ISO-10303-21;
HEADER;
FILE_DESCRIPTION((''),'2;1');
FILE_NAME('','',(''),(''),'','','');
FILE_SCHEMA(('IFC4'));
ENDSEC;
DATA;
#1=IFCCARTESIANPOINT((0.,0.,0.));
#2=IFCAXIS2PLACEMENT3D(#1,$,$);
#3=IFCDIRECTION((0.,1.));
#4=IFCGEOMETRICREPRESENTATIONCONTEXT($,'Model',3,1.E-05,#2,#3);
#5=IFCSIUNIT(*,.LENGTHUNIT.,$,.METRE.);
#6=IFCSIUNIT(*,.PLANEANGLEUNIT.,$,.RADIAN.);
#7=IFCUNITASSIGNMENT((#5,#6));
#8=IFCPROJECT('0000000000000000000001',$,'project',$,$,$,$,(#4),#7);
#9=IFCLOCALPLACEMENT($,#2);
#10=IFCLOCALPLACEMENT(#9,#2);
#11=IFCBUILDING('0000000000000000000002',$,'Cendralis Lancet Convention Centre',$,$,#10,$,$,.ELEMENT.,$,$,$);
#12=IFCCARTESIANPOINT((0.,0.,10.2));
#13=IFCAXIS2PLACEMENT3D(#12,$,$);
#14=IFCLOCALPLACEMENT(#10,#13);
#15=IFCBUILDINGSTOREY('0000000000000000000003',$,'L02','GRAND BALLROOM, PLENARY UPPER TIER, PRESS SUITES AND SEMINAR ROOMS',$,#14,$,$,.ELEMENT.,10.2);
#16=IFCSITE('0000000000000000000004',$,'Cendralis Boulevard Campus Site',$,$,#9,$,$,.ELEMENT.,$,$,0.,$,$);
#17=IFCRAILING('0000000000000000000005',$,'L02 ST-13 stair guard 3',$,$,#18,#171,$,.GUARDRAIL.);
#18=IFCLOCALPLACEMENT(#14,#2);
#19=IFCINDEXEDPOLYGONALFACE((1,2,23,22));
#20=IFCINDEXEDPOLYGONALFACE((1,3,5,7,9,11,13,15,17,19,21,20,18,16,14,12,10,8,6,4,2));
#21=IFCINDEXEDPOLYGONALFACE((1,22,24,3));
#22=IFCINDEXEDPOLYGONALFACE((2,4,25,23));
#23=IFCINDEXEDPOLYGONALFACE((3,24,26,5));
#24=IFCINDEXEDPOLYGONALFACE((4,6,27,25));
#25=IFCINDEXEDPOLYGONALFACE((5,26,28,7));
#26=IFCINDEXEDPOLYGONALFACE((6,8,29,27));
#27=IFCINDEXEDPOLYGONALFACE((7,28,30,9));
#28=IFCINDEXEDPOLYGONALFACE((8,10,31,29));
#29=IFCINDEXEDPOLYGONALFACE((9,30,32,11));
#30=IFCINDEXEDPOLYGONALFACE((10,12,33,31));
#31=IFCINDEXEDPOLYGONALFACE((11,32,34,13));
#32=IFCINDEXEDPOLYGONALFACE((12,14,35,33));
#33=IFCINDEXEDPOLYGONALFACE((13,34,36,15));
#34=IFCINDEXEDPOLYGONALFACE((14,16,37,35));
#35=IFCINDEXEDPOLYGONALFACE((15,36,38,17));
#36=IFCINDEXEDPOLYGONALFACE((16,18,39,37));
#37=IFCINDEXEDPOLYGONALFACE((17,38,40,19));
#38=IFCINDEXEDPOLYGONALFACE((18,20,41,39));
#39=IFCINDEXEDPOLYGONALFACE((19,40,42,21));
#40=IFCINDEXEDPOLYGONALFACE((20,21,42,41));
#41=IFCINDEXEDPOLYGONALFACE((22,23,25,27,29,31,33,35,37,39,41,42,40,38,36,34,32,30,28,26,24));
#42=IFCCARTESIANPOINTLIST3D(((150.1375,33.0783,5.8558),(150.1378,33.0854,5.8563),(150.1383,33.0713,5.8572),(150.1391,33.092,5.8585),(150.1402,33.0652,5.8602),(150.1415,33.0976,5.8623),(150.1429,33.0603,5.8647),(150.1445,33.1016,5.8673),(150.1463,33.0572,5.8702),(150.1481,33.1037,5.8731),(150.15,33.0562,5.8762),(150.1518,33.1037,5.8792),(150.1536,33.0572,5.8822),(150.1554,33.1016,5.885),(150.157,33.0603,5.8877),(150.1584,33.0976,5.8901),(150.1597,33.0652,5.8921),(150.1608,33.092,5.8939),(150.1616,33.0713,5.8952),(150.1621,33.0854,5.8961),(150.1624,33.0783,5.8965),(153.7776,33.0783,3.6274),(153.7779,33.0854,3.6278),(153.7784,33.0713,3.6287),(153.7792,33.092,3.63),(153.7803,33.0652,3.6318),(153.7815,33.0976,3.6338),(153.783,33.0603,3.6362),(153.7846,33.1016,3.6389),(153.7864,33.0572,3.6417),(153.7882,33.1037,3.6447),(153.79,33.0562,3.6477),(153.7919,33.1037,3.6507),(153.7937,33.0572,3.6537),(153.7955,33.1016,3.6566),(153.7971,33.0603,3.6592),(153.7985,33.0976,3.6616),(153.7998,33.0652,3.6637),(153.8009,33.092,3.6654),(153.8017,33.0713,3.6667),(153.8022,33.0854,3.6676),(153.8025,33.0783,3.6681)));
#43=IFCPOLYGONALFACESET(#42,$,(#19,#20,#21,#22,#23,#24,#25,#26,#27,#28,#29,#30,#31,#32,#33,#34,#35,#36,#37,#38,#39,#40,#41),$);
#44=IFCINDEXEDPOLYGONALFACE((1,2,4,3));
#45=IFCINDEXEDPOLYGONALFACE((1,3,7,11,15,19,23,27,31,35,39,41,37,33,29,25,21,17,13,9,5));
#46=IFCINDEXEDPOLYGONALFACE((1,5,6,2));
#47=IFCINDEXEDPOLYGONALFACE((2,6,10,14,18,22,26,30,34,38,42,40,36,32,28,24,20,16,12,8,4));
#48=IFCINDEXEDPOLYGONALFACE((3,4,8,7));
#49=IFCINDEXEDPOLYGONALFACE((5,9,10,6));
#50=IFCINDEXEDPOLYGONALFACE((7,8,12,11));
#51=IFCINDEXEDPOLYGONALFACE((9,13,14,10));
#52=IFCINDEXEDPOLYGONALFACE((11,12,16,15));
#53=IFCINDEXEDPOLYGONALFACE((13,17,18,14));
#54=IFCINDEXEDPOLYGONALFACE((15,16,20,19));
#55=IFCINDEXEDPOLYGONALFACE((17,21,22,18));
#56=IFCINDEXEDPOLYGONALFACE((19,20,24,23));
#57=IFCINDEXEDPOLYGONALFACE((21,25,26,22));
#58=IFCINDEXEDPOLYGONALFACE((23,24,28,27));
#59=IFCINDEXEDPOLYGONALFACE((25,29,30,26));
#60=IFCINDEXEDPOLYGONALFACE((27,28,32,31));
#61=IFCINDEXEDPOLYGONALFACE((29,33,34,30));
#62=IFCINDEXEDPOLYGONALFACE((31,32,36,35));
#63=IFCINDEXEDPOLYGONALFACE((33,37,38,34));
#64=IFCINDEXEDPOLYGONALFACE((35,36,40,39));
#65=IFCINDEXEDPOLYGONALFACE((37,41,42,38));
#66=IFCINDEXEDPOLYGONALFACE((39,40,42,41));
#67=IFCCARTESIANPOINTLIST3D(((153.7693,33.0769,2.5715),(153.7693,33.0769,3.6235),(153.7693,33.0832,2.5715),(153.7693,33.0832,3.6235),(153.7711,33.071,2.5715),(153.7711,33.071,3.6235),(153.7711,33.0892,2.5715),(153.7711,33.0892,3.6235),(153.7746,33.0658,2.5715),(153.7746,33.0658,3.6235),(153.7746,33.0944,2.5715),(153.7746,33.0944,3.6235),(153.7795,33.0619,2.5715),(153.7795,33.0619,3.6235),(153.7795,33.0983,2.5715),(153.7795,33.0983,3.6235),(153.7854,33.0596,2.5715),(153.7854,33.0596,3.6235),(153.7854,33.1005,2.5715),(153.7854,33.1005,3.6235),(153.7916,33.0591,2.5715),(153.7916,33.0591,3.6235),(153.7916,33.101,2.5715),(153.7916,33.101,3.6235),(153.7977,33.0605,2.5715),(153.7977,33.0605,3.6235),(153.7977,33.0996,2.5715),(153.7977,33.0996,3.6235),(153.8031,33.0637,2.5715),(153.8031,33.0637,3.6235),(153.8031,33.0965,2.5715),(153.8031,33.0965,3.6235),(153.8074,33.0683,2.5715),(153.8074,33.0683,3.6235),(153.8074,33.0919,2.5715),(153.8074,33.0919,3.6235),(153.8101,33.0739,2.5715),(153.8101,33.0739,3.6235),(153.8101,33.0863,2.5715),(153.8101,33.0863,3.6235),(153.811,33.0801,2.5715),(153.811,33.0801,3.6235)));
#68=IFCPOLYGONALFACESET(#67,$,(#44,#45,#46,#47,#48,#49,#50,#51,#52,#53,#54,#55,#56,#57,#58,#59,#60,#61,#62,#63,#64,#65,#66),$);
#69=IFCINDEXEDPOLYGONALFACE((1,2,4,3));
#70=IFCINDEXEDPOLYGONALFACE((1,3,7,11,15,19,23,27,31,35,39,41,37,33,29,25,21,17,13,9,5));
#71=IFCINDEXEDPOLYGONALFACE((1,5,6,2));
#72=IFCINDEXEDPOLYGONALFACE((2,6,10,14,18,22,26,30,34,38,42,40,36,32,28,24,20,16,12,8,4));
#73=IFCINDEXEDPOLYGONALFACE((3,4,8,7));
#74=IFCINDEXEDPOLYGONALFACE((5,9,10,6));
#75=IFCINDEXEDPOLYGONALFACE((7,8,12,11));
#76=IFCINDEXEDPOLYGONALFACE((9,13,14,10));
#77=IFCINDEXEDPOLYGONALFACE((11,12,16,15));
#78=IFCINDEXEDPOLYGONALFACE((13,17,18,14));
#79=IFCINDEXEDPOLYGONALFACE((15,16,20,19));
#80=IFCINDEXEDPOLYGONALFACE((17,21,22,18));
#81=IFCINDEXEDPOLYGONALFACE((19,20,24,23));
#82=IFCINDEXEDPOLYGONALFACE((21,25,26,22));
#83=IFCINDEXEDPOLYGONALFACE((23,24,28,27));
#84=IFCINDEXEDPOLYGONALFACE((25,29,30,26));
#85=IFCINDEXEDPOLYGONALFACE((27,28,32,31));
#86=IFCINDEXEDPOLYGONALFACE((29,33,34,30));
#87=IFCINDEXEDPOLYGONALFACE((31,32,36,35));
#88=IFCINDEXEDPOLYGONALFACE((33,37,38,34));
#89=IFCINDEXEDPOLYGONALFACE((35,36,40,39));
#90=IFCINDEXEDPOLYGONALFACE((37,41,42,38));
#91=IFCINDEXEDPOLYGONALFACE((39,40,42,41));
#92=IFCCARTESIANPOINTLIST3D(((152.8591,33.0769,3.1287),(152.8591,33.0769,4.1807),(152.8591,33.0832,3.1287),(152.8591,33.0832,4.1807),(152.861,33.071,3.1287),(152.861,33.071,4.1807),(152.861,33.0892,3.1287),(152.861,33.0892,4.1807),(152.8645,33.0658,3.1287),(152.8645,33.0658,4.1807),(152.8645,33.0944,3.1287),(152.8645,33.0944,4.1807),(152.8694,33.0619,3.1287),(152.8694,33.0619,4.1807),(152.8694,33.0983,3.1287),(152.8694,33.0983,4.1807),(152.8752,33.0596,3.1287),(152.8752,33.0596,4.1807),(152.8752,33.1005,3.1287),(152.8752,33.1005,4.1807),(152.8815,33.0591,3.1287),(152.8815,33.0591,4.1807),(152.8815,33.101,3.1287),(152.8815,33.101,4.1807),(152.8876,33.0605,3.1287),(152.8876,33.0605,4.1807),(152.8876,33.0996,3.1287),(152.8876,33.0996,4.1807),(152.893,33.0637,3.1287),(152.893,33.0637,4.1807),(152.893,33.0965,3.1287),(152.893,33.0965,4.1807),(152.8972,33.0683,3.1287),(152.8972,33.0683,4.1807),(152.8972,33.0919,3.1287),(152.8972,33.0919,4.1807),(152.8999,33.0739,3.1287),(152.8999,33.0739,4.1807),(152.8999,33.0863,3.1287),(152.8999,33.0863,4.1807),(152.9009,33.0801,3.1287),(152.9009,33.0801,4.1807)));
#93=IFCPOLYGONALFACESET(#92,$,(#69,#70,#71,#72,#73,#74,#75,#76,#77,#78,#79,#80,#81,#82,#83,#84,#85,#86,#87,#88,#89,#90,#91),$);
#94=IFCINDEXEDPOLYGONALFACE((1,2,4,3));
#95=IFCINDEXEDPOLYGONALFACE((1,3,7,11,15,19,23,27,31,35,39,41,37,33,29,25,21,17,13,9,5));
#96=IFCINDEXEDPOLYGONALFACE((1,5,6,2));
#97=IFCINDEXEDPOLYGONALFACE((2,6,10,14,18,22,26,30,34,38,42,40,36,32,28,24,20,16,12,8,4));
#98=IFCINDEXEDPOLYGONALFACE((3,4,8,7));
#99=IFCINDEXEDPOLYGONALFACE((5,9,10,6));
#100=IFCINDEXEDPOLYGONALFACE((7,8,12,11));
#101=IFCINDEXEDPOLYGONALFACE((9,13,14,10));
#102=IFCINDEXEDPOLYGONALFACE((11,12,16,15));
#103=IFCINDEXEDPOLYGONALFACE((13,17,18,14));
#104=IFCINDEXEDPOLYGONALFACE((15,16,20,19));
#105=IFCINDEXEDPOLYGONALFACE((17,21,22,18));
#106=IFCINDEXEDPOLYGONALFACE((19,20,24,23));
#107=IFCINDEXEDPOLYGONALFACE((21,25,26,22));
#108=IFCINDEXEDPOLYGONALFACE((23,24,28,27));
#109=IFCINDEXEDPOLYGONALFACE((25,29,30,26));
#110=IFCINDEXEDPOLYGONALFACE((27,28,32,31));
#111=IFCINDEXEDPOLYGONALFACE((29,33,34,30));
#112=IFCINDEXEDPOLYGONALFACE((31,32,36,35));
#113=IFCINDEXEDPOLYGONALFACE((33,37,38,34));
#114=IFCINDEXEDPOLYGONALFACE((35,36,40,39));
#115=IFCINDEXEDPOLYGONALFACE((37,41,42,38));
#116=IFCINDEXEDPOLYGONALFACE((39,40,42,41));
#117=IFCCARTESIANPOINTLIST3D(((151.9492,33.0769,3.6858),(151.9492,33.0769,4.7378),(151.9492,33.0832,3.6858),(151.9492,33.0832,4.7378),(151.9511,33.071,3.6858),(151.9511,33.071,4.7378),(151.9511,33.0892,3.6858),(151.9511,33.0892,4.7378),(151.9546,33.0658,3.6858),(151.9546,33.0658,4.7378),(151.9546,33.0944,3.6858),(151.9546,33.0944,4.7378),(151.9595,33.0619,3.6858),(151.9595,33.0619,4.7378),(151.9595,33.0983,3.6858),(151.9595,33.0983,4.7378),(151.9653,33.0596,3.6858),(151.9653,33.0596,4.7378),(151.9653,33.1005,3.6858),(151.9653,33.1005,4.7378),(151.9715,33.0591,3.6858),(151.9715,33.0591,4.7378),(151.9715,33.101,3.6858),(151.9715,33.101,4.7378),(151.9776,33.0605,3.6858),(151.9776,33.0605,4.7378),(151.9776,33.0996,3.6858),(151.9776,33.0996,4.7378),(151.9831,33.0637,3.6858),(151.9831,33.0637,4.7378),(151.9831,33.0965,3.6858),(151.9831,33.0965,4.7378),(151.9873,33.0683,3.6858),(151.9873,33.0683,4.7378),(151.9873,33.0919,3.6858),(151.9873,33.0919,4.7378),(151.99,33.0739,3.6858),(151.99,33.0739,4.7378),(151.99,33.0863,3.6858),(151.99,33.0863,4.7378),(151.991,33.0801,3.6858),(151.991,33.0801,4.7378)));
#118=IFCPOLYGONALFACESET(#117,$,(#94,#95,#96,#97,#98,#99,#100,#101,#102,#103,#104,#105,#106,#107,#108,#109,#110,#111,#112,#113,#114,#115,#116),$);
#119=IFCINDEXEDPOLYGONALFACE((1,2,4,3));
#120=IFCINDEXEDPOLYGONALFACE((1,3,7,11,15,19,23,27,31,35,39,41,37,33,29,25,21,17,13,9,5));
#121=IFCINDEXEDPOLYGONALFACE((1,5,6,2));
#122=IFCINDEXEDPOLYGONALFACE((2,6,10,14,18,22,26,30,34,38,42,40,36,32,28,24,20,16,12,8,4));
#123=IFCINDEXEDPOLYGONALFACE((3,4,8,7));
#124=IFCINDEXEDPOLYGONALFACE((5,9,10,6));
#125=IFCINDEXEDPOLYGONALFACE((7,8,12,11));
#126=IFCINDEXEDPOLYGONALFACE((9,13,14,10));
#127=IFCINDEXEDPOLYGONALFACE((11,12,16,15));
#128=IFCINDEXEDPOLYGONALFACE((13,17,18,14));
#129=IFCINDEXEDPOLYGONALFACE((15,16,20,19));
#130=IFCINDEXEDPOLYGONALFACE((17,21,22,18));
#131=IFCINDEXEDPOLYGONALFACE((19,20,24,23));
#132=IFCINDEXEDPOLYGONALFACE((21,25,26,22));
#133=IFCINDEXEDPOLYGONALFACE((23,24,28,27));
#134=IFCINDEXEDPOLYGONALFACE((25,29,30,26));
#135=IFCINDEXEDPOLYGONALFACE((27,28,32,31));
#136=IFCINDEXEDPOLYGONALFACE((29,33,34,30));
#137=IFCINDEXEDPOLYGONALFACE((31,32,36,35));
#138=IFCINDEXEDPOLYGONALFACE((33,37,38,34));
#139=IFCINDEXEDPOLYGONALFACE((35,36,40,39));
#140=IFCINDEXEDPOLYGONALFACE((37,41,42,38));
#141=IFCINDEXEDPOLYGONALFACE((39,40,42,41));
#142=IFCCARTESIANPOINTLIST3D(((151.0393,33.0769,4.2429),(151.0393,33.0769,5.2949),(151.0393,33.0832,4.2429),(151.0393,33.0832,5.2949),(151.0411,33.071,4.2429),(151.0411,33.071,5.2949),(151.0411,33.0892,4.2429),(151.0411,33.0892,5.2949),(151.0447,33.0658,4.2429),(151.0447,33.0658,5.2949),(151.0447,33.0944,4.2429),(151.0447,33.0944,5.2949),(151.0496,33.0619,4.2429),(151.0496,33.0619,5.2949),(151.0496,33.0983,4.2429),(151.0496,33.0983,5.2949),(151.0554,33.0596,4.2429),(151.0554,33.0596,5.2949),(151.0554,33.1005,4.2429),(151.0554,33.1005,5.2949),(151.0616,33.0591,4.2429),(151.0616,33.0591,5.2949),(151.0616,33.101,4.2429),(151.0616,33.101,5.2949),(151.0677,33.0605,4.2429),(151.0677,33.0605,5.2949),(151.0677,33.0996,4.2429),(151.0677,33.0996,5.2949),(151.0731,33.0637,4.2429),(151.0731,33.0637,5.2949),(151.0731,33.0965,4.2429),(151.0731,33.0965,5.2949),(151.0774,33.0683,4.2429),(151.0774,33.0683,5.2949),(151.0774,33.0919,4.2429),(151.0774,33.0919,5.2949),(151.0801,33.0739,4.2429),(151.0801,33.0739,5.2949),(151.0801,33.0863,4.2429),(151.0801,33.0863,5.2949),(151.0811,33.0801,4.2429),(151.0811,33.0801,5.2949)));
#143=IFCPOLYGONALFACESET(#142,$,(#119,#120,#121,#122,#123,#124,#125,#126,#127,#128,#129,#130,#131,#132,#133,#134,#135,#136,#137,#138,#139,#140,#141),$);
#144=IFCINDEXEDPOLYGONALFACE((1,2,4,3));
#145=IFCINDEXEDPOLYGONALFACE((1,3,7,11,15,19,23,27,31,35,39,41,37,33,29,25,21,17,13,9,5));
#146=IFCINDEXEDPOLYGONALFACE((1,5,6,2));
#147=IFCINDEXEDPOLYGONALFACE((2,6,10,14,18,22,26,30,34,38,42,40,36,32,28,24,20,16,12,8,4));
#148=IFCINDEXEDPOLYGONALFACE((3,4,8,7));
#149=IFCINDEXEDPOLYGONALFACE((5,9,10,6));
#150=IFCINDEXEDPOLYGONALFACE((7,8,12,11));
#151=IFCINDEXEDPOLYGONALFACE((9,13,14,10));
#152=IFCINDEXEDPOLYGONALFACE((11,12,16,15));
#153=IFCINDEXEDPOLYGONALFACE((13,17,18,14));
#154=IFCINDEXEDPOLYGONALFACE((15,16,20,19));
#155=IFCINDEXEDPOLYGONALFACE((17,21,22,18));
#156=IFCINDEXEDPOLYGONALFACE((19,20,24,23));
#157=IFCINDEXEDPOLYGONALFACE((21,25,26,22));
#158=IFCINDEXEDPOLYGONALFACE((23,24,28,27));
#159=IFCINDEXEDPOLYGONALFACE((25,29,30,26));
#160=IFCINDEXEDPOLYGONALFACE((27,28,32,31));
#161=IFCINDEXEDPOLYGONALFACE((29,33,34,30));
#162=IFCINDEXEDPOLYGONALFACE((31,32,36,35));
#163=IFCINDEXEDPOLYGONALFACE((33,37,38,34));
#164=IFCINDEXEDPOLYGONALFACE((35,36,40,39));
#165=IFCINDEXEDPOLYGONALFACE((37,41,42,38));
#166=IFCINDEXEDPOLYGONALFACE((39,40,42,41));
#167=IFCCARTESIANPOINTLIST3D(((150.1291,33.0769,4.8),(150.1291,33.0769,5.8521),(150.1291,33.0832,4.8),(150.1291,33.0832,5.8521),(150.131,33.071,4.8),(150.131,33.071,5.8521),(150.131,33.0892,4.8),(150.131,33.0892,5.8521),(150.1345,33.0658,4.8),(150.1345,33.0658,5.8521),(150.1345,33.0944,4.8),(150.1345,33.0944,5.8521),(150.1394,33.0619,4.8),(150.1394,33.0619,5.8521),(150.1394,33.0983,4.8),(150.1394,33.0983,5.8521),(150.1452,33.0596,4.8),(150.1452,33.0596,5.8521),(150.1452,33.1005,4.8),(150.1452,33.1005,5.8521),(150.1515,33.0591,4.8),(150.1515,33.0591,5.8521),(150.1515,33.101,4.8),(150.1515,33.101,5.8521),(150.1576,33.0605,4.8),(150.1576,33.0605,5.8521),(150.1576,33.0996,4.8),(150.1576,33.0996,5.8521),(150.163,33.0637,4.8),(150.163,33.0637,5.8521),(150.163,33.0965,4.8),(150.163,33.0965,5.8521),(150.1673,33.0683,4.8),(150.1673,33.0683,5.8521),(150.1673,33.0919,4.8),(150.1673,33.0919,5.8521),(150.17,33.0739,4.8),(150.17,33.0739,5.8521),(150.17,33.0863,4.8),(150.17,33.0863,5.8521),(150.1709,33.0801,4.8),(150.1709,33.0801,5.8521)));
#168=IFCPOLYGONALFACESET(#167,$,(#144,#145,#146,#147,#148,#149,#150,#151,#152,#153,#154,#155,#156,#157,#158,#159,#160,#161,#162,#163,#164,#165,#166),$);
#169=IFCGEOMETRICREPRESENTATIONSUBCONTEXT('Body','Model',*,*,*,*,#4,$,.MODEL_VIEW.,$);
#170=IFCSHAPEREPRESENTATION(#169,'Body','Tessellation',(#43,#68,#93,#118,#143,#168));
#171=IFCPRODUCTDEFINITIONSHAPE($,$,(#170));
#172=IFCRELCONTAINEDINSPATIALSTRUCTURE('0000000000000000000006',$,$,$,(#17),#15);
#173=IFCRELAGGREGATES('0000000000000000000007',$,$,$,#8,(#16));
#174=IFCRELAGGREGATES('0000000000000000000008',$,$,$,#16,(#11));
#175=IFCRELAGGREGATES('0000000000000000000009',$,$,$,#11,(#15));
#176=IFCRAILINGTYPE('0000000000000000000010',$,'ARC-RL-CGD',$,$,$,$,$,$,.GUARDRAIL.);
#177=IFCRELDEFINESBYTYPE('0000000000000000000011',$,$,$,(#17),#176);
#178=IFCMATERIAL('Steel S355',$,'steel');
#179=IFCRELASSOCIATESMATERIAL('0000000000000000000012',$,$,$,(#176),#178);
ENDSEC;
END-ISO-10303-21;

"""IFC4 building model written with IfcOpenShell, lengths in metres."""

from ifc_helpers import new_model, si_unit, direction, frame, origin, origin_2d, place, context, subcontext, project, spatial, circle, extrude, material, type_object, element, save


model = new_model("IFC4")

# Units and contexts
model_context = context("Model", 3, precision=1e-05, world=origin(), true_north=direction((0.0, 1.0)))
body_context = subcontext(model_context, "Body", "Model", "MODEL_VIEW")
ifc_project = project(units=[si_unit("LENGTHUNIT", "METRE"), si_unit("PLANEANGLEUNIT", "RADIAN")], contexts=[model_context])

# Site, building, storey
site_placement = place(None, origin())
site = spatial("IfcSite", under=ifc_project, at=site_placement, Name="Cendralis Boulevard Campus Site", CompositionType="ELEMENT", RefElevation=0.0)
building_placement = place(site_placement, origin())
building = spatial("IfcBuilding", under=site, at=building_placement, Name="Cendralis Lancet Convention Centre", CompositionType="ELEMENT")
storey_placement = place(building_placement, frame((0.0, 0.0, 10.2)))
storey = spatial("IfcBuildingStorey", under=building, at=storey_placement, Name="L02", Description="GRAND BALLROOM, PLENARY UPPER TIER, PRESS SUITES AND SEMINAR ROOMS", CompositionType="ELEMENT", Elevation=10.2)

# Shared definitions
ifc_material_1 = material(Name="Steel S355", Category="steel")

# Railing
railing_type_1 = type_object("IfcRailingType", Name="ARC-RL-CGD", PredefinedType="GUARDRAIL", material=ifc_material_1)
railing_1_placement = place(storey_placement, frame((153.79, 33.0801, 2.5715)))
element("IfcRailing", 1, at=railing_1_placement, inside=storey, type_object=railing_type_1, Name="L02 ST-13 stair guard 3", PredefinedType="GUARDRAIL", context=body_context, shape_type="SweptSolid", body=[
    extrude(circle(Radius=0.0239, at=origin_2d()), frame((0.0, 0.0, 1.0762), z_axis=(-0.852866, 0.0, 0.52213), x_axis=(0.0, -1.0, 0.0)), (0.0, 0.0, 1.0), 4.2681),
    extrude(circle(Radius=0.021, at=origin_2d()), origin(), (0.0, 0.0, 1.0), 1.052),
    extrude(circle(Radius=0.021, at=origin_2d()), frame((-0.9102, 0.0, 0.5571)), (0.0, 0.0, 1.0), 1.052),
    extrude(circle(Radius=0.021, at=origin_2d()), frame((-1.8201, 0.0, 1.1143)), (0.0, 0.0, 1.0), 1.052),
    extrude(circle(Radius=0.021, at=origin_2d()), frame((-2.73, 0.0, 1.6714)), (0.0, 0.0, 1.0), 1.052),
    extrude(circle(Radius=0.021, at=origin_2d()), frame((-3.6401, 0.0, 2.2285)), (0.0, 0.0, 1.0), 1.052),
])

save(model, "model.ifc")
